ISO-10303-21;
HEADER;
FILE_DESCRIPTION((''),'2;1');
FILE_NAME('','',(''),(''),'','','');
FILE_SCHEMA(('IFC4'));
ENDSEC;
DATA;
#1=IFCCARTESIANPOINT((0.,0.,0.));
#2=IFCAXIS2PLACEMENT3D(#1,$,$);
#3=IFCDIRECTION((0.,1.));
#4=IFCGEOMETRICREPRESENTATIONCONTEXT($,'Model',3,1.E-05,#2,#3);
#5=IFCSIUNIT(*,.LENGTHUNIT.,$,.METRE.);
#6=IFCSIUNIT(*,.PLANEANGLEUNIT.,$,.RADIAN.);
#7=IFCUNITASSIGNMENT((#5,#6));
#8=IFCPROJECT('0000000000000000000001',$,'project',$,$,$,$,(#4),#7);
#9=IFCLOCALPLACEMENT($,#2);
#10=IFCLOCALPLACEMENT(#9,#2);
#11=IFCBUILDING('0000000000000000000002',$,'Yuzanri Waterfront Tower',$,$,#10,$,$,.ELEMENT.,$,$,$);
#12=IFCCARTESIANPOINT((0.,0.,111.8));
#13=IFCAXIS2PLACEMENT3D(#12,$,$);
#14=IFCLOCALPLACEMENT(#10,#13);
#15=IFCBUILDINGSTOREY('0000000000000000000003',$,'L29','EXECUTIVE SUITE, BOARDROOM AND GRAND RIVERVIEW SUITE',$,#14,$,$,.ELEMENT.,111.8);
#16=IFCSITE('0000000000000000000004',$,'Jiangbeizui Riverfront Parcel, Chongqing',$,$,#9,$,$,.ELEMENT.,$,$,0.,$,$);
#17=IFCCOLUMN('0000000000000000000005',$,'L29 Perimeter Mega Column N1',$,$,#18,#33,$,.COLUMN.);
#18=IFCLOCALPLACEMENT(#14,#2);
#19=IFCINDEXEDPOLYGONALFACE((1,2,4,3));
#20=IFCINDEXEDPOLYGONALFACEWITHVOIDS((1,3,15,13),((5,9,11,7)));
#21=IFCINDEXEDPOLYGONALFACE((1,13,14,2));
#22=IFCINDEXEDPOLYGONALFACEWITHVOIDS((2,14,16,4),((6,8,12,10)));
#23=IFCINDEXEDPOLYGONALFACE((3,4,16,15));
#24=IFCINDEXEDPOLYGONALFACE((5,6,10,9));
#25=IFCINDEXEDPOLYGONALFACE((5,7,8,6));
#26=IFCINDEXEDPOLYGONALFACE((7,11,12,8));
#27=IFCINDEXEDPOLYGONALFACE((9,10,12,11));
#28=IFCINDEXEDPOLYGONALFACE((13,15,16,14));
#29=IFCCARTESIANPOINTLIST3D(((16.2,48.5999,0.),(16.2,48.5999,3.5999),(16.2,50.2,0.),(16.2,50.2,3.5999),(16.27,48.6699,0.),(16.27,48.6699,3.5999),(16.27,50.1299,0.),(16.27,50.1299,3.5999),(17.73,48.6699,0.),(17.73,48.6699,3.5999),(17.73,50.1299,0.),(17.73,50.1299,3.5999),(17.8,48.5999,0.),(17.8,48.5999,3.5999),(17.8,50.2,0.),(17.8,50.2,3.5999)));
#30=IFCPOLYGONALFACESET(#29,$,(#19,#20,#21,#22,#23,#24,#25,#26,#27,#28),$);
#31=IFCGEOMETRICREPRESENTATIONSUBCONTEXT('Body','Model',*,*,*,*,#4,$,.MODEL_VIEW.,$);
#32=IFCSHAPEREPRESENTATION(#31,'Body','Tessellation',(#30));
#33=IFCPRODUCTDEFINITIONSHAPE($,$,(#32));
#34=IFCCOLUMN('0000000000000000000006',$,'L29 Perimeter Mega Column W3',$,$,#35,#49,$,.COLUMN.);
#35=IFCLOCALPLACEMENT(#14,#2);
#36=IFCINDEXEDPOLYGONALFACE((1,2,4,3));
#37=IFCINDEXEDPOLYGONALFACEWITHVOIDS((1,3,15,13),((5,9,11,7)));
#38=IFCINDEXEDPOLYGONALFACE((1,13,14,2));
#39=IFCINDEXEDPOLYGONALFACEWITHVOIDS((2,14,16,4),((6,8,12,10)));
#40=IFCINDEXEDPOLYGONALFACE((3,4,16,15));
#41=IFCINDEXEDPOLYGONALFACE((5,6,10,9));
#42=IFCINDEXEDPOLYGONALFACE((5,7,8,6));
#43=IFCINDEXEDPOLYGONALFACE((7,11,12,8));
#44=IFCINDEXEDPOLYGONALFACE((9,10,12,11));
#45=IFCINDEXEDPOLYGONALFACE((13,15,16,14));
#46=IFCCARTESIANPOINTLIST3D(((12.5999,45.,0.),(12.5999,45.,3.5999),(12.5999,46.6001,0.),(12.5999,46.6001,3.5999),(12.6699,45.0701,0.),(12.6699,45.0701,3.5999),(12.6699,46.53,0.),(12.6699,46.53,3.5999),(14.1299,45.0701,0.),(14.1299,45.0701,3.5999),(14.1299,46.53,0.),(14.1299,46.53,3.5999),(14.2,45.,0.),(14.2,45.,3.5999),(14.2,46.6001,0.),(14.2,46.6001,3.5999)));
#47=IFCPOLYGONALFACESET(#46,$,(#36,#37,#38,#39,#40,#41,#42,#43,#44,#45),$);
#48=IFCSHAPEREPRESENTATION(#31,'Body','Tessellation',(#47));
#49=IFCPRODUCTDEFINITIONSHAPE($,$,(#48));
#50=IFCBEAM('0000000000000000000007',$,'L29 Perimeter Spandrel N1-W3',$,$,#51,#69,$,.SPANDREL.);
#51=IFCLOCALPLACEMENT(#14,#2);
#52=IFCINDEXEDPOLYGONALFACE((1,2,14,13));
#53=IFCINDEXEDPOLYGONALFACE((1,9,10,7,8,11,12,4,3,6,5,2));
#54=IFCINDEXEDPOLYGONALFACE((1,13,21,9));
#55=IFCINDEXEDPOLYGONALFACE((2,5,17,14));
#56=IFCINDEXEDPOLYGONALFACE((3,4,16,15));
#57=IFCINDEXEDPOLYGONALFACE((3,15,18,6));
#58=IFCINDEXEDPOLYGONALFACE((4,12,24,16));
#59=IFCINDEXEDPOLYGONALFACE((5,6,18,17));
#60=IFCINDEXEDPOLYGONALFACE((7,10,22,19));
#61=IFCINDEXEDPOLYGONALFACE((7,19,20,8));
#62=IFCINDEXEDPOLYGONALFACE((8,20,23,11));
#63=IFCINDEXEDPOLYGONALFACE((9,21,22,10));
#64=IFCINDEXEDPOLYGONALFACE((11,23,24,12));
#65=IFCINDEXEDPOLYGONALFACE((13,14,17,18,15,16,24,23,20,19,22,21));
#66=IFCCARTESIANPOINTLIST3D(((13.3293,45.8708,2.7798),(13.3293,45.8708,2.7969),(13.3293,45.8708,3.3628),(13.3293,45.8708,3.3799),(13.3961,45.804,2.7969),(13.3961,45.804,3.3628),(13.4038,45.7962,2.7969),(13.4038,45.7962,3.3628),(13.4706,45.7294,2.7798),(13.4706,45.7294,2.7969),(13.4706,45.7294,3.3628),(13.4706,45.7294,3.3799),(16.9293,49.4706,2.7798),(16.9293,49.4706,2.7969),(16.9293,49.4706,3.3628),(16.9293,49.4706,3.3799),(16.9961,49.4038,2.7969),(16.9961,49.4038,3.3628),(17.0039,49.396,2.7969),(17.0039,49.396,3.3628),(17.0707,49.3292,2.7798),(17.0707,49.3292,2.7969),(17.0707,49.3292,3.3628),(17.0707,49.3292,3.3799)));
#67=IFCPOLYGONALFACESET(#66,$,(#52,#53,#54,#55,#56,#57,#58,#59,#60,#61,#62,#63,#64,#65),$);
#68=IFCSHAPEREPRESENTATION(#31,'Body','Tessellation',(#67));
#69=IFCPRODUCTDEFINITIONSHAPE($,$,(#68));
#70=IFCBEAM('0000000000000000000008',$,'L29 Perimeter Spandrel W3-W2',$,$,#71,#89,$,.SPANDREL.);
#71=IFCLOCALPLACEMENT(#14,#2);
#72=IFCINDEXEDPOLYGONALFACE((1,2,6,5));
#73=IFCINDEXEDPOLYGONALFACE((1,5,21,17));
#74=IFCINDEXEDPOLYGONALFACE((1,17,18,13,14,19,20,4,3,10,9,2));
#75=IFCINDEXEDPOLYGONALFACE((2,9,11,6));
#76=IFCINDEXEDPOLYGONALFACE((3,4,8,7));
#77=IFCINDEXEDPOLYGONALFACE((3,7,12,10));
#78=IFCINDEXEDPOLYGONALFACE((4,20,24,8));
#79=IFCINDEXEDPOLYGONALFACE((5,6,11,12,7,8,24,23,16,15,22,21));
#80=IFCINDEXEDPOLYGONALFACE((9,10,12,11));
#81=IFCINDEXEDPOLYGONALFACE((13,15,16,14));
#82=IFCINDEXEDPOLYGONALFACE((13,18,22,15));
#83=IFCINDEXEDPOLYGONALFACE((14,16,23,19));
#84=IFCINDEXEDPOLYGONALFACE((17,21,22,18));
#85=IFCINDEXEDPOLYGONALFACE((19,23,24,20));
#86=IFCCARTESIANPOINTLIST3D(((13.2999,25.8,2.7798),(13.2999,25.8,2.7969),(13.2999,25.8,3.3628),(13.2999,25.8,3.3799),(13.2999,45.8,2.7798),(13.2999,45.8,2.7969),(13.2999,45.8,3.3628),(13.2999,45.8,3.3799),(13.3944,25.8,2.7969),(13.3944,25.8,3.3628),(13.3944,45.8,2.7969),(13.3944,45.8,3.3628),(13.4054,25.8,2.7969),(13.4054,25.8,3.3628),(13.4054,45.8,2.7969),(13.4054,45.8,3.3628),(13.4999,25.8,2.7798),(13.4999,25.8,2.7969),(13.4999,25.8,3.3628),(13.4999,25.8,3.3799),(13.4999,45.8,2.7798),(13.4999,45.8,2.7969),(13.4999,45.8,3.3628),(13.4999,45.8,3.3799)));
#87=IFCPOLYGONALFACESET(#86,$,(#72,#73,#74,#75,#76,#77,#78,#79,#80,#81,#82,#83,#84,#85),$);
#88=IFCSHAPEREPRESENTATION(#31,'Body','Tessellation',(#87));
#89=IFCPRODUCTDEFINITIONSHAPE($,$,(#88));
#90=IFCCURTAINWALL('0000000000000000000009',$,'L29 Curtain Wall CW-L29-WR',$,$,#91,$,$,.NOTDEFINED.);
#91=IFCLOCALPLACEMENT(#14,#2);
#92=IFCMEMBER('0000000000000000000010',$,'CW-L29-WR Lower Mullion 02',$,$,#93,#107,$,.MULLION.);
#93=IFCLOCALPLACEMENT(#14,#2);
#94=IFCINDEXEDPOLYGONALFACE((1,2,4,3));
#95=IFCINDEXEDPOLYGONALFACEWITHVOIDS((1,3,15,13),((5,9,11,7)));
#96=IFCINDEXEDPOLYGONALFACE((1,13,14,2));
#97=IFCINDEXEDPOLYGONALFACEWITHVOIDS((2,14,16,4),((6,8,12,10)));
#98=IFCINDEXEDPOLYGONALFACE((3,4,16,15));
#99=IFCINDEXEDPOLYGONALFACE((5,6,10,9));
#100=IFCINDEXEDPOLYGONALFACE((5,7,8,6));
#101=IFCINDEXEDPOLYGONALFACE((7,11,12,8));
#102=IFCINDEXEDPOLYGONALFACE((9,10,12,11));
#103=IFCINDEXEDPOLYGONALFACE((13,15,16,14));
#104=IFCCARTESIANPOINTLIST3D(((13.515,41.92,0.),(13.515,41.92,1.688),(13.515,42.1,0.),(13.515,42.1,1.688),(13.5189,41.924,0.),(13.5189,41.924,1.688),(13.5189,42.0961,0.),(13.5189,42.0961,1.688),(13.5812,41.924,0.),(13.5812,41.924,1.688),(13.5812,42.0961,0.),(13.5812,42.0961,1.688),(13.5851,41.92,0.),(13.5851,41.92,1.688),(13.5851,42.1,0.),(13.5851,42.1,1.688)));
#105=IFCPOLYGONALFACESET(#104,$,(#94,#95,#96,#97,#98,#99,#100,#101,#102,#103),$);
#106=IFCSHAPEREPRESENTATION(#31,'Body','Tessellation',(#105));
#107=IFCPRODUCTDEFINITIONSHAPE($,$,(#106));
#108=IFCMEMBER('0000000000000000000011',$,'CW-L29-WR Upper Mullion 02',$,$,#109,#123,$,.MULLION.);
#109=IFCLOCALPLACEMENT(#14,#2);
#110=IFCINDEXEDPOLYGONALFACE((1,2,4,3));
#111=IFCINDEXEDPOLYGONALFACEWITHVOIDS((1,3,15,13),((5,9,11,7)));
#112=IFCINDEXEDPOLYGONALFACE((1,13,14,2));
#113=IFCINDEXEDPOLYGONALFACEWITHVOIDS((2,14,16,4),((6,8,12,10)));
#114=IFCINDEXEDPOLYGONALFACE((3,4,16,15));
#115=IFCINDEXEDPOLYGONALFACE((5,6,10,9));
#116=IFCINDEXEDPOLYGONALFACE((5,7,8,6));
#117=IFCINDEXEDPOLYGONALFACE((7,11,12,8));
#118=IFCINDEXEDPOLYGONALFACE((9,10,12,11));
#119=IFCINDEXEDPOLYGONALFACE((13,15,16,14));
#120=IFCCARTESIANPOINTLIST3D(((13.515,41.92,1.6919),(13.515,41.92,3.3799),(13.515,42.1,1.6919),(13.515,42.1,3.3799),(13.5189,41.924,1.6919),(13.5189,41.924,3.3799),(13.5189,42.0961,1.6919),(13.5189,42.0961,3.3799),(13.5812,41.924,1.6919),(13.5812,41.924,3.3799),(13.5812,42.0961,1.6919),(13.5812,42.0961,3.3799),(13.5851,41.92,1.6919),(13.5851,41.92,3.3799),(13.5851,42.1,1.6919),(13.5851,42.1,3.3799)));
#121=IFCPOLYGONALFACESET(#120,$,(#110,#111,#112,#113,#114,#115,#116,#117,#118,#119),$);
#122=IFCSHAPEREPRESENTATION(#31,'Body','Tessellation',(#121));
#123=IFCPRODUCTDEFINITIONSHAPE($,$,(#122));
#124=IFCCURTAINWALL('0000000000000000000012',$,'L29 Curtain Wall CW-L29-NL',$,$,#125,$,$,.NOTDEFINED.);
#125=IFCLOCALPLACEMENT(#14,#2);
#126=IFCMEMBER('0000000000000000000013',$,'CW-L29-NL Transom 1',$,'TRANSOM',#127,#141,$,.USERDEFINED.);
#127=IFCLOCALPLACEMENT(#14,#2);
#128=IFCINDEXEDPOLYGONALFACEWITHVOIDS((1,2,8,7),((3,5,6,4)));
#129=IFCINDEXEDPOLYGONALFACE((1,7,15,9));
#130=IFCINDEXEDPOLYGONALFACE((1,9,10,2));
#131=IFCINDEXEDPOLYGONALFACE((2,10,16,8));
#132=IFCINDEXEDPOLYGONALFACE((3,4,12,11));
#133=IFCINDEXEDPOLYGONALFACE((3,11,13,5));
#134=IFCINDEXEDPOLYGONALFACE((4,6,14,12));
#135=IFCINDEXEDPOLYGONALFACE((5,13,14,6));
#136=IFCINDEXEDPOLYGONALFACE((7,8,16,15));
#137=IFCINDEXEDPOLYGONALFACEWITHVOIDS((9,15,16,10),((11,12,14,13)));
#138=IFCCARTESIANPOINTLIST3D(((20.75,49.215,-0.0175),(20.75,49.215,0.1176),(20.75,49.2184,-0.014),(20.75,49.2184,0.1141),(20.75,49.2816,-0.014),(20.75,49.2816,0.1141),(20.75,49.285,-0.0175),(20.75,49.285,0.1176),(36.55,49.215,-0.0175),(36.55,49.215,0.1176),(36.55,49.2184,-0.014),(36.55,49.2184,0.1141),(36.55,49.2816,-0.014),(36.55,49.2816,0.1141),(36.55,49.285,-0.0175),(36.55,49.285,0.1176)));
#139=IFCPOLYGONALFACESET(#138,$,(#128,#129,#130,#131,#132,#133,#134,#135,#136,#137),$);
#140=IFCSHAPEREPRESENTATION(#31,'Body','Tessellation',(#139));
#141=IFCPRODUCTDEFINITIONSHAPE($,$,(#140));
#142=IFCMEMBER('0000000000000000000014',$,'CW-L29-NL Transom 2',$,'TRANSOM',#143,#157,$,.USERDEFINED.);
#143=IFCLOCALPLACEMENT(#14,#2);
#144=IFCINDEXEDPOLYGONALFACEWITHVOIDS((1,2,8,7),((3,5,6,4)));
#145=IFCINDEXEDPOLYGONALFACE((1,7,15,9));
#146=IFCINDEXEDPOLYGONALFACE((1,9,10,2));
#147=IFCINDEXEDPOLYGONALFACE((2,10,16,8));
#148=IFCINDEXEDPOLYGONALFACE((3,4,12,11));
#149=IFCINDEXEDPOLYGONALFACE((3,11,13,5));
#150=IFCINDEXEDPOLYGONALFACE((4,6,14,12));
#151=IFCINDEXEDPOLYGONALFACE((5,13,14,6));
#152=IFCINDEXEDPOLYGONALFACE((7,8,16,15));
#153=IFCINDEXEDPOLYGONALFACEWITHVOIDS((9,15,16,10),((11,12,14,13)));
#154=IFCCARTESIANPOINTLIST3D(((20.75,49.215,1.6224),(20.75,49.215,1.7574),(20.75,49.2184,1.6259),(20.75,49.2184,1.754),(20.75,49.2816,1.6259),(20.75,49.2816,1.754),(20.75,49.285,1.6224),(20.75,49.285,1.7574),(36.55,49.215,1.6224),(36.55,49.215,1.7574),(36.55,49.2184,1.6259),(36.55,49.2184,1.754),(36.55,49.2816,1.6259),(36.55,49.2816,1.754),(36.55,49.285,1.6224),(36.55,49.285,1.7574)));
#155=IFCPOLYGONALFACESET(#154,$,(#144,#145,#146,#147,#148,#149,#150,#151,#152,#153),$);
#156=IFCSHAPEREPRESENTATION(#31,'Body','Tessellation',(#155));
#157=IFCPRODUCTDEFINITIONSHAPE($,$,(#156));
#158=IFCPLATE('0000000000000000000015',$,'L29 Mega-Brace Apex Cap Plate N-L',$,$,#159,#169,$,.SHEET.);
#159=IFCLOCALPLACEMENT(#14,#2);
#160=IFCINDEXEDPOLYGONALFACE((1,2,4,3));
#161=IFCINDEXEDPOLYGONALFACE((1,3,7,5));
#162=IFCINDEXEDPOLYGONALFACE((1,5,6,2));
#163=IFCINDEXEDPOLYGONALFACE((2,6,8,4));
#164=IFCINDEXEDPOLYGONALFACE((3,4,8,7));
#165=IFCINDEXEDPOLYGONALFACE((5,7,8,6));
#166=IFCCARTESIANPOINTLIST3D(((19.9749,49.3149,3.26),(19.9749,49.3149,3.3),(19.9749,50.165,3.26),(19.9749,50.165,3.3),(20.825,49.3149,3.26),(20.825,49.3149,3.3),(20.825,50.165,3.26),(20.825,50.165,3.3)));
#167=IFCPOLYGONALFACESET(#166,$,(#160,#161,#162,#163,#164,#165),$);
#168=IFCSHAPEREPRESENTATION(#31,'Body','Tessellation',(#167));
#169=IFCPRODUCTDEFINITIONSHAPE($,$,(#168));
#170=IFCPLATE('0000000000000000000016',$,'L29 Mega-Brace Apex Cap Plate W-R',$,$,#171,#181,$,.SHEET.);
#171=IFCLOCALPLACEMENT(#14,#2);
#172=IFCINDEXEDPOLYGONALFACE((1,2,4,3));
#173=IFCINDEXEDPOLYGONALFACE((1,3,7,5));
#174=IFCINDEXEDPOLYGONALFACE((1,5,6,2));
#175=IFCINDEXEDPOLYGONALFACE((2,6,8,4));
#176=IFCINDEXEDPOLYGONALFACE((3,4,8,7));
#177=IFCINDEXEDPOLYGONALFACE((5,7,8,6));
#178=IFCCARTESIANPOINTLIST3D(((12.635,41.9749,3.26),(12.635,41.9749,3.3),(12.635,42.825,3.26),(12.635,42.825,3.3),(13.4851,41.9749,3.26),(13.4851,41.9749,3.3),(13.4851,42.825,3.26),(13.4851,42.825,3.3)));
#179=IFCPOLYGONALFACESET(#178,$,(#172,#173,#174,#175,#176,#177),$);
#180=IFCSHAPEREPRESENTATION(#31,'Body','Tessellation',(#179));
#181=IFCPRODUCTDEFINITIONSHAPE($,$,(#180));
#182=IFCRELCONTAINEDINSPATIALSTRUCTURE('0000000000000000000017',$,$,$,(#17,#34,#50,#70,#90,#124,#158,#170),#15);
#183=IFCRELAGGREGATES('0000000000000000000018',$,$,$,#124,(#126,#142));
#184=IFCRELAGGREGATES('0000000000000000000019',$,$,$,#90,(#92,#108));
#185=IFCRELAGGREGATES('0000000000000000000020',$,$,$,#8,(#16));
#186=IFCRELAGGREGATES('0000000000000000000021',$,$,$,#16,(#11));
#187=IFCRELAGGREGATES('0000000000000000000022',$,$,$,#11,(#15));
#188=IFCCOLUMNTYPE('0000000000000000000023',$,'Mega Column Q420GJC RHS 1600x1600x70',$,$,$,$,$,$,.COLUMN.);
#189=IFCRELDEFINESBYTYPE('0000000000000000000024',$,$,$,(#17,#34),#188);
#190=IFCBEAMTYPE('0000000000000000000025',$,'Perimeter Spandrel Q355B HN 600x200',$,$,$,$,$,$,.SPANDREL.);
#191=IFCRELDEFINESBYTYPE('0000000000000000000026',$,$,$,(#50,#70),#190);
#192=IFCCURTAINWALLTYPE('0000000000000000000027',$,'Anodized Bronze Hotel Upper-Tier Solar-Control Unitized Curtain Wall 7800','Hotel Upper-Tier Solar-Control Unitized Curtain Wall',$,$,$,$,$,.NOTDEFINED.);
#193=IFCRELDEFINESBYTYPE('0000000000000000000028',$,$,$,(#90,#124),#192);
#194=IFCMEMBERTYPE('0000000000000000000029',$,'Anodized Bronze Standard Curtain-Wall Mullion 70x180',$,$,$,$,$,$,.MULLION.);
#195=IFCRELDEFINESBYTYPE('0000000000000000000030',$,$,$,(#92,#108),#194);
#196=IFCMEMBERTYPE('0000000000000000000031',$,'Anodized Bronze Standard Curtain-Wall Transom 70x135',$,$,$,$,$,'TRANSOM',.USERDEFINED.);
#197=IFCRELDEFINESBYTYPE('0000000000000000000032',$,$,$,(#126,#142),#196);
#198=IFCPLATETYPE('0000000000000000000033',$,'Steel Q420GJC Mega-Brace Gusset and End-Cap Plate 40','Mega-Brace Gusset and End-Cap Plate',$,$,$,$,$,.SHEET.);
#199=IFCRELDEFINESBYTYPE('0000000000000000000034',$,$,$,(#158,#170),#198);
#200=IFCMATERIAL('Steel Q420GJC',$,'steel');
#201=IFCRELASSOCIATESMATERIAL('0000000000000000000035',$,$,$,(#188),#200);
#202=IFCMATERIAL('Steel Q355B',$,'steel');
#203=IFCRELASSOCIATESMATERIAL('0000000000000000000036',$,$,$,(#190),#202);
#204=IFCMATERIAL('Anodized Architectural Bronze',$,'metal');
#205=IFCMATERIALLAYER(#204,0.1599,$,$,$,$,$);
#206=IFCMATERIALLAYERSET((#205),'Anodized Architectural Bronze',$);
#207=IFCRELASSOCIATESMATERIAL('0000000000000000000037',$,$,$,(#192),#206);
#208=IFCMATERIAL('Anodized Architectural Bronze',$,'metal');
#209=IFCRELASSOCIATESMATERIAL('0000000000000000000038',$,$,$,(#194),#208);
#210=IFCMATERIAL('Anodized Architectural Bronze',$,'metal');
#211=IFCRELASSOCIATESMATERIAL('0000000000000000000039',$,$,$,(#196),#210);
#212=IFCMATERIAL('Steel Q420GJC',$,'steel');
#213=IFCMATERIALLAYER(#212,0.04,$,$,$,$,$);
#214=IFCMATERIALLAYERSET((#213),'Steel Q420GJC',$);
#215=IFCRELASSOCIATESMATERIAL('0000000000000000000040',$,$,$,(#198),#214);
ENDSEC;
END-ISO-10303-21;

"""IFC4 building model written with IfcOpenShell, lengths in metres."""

from ifc_helpers import new_model, si_unit, direction, frame, origin, origin_2d, place, context, subcontext, project, spatial, rectangle, hollow_rectangle, i_section, extrude, source, transform, mapped, material, layer, layer_set, material_profile, profile_set, type_object, element, aggregate, save


model = new_model("IFC4")

# Units and contexts
model_context = context("Model", 3, precision=1e-05, world=origin(), true_north=direction((0.0, 1.0)))
body_context = subcontext(model_context, "Body", "Model", "MODEL_VIEW")
ifc_project = project(units=[si_unit("LENGTHUNIT", "METRE"), si_unit("PLANEANGLEUNIT", "RADIAN")], contexts=[model_context])

# Site, building, storey
site_placement = place(None, origin())
site = spatial("IfcSite", under=ifc_project, at=site_placement, Name="Jiangbeizui Riverfront Parcel, Chongqing", CompositionType="ELEMENT", RefElevation=0.0)
building_placement = place(site_placement, origin())
building = spatial("IfcBuilding", under=site, at=building_placement, Name="Yuzanri Waterfront Tower", CompositionType="ELEMENT")
storey_placement = place(building_placement, frame((0.0, 0.0, 111.8)))
storey = spatial("IfcBuildingStorey", under=building, at=storey_placement, Name="L29", Description="EXECUTIVE SUITE, BOARDROOM AND GRAND RIVERVIEW SUITE", CompositionType="ELEMENT", Elevation=111.8)

# Columns
ifc_material_1 = material(Name="Steel Q420GJC", Category="steel")
ifc_material_profile_1 = material_profile(ifc_material_1, hollow_rectangle(XDim=1.6001, YDim=1.6001, WallThickness=0.0701, at=origin_2d()), Name="RHS 1600x1600x70")
ifc_profile_set_1 = profile_set([ifc_material_profile_1], Name="Steel Q420GJC")
column_type = type_object("IfcColumnType", Name="Mega Column Q420GJC RHS 1600x1600x70", PredefinedType="COLUMN", material=ifc_profile_set_1)
shared_shape_1 = source(origin(), body_context, "Body", "SweptSolid", [
    extrude(hollow_rectangle(XDim=1.6001, YDim=1.6001, WallThickness=0.0701, at=origin_2d()), origin(), (0.0, 0.0, 1.0), 3.5999),
])
for number, where, z_axis, x_axis, name in (
    (1, (17.0, 49.3999, 0.0), (0.0, 0.0, 1.0), (1.0, 0.0, 0.0), "L29 Perimeter Mega Column N1"),
    (2, (13.3999, 45.8, 0.0), (0.0, 0.0, 1.0), (1.0, 0.0, 0.0), "L29 Perimeter Mega Column W3"),
):
    element("IfcColumn", number, at=place(storey_placement, frame(where, z_axis=z_axis, x_axis=x_axis)), inside=storey, type_object=column_type, Name=name, PredefinedType="COLUMN", context=body_context, shape_type="MappedRepresentation", body=[
        mapped(shared_shape_1, transform((0.0, 0.0, 0.0), scale=1.0)),
    ])

# Beams
ifc_material_2 = material(Name="Steel Q355B", Category="steel")
ifc_material_profile_2 = material_profile(ifc_material_2, i_section(OverallWidth=0.2, OverallDepth=0.6001, WebThickness=0.011, FlangeThickness=0.0171, at=origin_2d()), Name="HN 600x200x11x17")
ifc_profile_set_2 = profile_set([ifc_material_profile_2], Name="Steel Q355B")
beam_type = type_object("IfcBeamType", Name="Perimeter Spandrel Q355B HN 600x200", PredefinedType="SPANDREL", material=ifc_profile_set_2)
shared_shape_2 = source(origin(), body_context, "Body", "SweptSolid", [
    extrude(i_section(OverallWidth=0.2, OverallDepth=0.6001, WebThickness=0.011, FlangeThickness=0.0171, at=origin_2d()), origin(), (0.0, 0.0, 1.0), 5.0911),
])
beam_1_placement = place(storey_placement, frame((17.0, 49.3999, 3.0798), z_axis=(-0.707131, -0.707083, 0.0), x_axis=(0.707083, -0.707131, 0.0)))
element("IfcBeam", 3, at=beam_1_placement, inside=storey, type_object=beam_type, Name="L29 Perimeter Spandrel N1-W3", PredefinedType="SPANDREL", context=body_context, shape_type="MappedRepresentation", body=[
    mapped(shared_shape_2, transform((0.0, 0.0, 0.0), scale=1.0)),
])
shared_shape_3 = source(origin(), body_context, "Body", "SweptSolid", [
    extrude(i_section(OverallWidth=0.2, OverallDepth=0.6001, WebThickness=0.011, FlangeThickness=0.0171, at=origin_2d()), origin(), (0.0, 0.0, 1.0), 20.0),
])
beam_2_placement = place(storey_placement, frame((13.3999, 45.8, 3.0798), z_axis=(0.0, -1.0, 0.0), x_axis=(1.0, 0.0, 0.0)))
element("IfcBeam", 4, at=beam_2_placement, inside=storey, type_object=beam_type, Name="L29 Perimeter Spandrel W3-W2", PredefinedType="SPANDREL", context=body_context, shape_type="MappedRepresentation", body=[
    mapped(shared_shape_3, transform((0.0, 0.0, 0.0), scale=1.0)),
])

# Curtain walls, members
ifc_material_3 = material(Name="Anodized Architectural Bronze", Category="metal")
ifc_layer_1 = layer(ifc_material_3, 0.1599)
ifc_layer_set_1 = layer_set([ifc_layer_1], Name="Anodized Architectural Bronze")
curtain_wall_type = type_object("IfcCurtainWallType", Name="Anodized Bronze Hotel Upper-Tier Solar-Control Unitized Curtain Wall 7800", Description="Hotel Upper-Tier Solar-Control Unitized Curtain Wall", PredefinedType="NOTDEFINED", material=ifc_layer_set_1)
curtain_wall_1_placement = place(storey_placement, origin())
curtain_wall_1 = element("IfcCurtainWall", 5, at=curtain_wall_1_placement, inside=storey, type_object=curtain_wall_type, Name="L29 Curtain Wall CW-L29-WR", PredefinedType="NOTDEFINED")
ifc_material_4 = material(Name="Anodized Architectural Bronze", Category="metal")
ifc_material_profile_3 = material_profile(ifc_material_4, hollow_rectangle(XDim=0.0701, YDim=0.1799, WallThickness=0.0039, at=origin_2d()), Name="CWM 70x180")
ifc_profile_set_3 = profile_set([ifc_material_profile_3], Name="Anodized Architectural Bronze")
member_type_1 = type_object("IfcMemberType", Name="Anodized Bronze Standard Curtain-Wall Mullion 70x180", PredefinedType="MULLION", material=ifc_profile_set_3)
shared_shape_4 = source(origin(), body_context, "Body", "SweptSolid", [
    extrude(hollow_rectangle(XDim=0.0701, YDim=0.1799, WallThickness=0.0039, at=origin_2d()), origin(), (0.0, 0.0, 1.0), 1.688),
])
member_1_placement = place(storey_placement, frame((13.55, 42.01, 0.0), z_axis=(0.0, 0.0, 1.0), x_axis=(1.0, 0.0, 0.0)))
member_1 = element("IfcMember", 6, at=member_1_placement, type_object=member_type_1, Name="CW-L29-WR Lower Mullion 02", PredefinedType="MULLION", context=body_context, shape_type="MappedRepresentation", body=[
    mapped(shared_shape_4, transform((0.0, 0.0, 0.0), scale=1.0)),
])
member_2_placement = place(storey_placement, frame((13.55, 42.01, 1.6919), z_axis=(0.0, 0.0, 1.0), x_axis=(1.0, 0.0, 0.0)))
member_2 = element("IfcMember", 7, at=member_2_placement, type_object=member_type_1, Name="CW-L29-WR Upper Mullion 02", PredefinedType="MULLION", context=body_context, shape_type="MappedRepresentation", body=[
    mapped(shared_shape_4, transform((0.0, 0.0, 0.0), scale=1.0)),
])
curtain_wall_2_placement = place(storey_placement, origin())
curtain_wall_2 = element("IfcCurtainWall", 8, at=curtain_wall_2_placement, inside=storey, type_object=curtain_wall_type, Name="L29 Curtain Wall CW-L29-NL", PredefinedType="NOTDEFINED")
ifc_material_5 = material(Name="Anodized Architectural Bronze", Category="metal")
ifc_material_profile_4 = material_profile(ifc_material_5, hollow_rectangle(XDim=0.0701, YDim=0.135, WallThickness=0.0034, at=origin_2d()), Name="CWT 70x135")
ifc_profile_set_4 = profile_set([ifc_material_profile_4], Name="Anodized Architectural Bronze")
member_type_2 = type_object("IfcMemberType", Name="Anodized Bronze Standard Curtain-Wall Transom 70x135", ElementType="TRANSOM", PredefinedType="USERDEFINED", material=ifc_profile_set_4)
shared_shape_5 = source(origin(), body_context, "Body", "SweptSolid", [
    extrude(hollow_rectangle(XDim=0.0701, YDim=0.135, WallThickness=0.0034, at=origin_2d()), origin(), (0.0, 0.0, 1.0), 15.8),
])
member_3_placement = place(storey_placement, frame((20.75, 49.25, 0.05), z_axis=(1.0, 0.0, 0.0), x_axis=(0.0, 1.0, 0.0)))
member_3 = element("IfcMember", 9, at=member_3_placement, type_object=member_type_2, Name="CW-L29-NL Transom 1", ObjectType="TRANSOM", PredefinedType="USERDEFINED", context=body_context, shape_type="MappedRepresentation", body=[
    mapped(shared_shape_5, transform((0.0, 0.0, 0.0), scale=1.0)),
])
member_4_placement = place(storey_placement, frame((20.75, 49.25, 1.6899), z_axis=(1.0, 0.0, 0.0), x_axis=(0.0, 1.0, 0.0)))
member_4 = element("IfcMember", 10, at=member_4_placement, type_object=member_type_2, Name="CW-L29-NL Transom 2", ObjectType="TRANSOM", PredefinedType="USERDEFINED", context=body_context, shape_type="MappedRepresentation", body=[
    mapped(shared_shape_5, transform((0.0, 0.0, 0.0), scale=1.0)),
])
aggregate(curtain_wall_2, [member_3, member_4])

# Plates
ifc_material_6 = material(Name="Steel Q420GJC", Category="steel")
ifc_layer_2 = layer(ifc_material_6, 0.04)
ifc_layer_set_2 = layer_set([ifc_layer_2], Name="Steel Q420GJC")
plate_type_1 = type_object("IfcPlateType", Name="Steel Q420GJC Mega-Brace Gusset and End-Cap Plate 40", Description="Mega-Brace Gusset and End-Cap Plate", PredefinedType="SHEET", material=ifc_layer_set_2)
shared_shape_6 = source(origin(), body_context, "Body", "SweptSolid", [
    extrude(rectangle(XDim=0.8501, YDim=0.8501, at=origin_2d()), origin(), (0.0, 0.0, 1.0), 0.04),
])
for number, where, z_axis, x_axis, name in (
    (11, (20.3999, 49.74, 3.26), (0.0, 0.0, 1.0), (1.0, 0.0, 0.0), "L29 Mega-Brace Apex Cap Plate N-L"),
    (12, (13.0601, 42.3999, 3.26), (0.0, 0.0, 1.0), (1.0, 0.0, 0.0), "L29 Mega-Brace Apex Cap Plate W-R"),
):
    element("IfcPlate", number, at=place(storey_placement, frame(where, z_axis=z_axis, x_axis=x_axis)), inside=storey, type_object=plate_type_1, Name=name, PredefinedType="SHEET", context=body_context, shape_type="MappedRepresentation", body=[
        mapped(shared_shape_6, transform((0.0, 0.0, 0.0), scale=1.0)),
    ])

aggregate(curtain_wall_1, [member_1, member_2])

save(model, "model.ifc")
